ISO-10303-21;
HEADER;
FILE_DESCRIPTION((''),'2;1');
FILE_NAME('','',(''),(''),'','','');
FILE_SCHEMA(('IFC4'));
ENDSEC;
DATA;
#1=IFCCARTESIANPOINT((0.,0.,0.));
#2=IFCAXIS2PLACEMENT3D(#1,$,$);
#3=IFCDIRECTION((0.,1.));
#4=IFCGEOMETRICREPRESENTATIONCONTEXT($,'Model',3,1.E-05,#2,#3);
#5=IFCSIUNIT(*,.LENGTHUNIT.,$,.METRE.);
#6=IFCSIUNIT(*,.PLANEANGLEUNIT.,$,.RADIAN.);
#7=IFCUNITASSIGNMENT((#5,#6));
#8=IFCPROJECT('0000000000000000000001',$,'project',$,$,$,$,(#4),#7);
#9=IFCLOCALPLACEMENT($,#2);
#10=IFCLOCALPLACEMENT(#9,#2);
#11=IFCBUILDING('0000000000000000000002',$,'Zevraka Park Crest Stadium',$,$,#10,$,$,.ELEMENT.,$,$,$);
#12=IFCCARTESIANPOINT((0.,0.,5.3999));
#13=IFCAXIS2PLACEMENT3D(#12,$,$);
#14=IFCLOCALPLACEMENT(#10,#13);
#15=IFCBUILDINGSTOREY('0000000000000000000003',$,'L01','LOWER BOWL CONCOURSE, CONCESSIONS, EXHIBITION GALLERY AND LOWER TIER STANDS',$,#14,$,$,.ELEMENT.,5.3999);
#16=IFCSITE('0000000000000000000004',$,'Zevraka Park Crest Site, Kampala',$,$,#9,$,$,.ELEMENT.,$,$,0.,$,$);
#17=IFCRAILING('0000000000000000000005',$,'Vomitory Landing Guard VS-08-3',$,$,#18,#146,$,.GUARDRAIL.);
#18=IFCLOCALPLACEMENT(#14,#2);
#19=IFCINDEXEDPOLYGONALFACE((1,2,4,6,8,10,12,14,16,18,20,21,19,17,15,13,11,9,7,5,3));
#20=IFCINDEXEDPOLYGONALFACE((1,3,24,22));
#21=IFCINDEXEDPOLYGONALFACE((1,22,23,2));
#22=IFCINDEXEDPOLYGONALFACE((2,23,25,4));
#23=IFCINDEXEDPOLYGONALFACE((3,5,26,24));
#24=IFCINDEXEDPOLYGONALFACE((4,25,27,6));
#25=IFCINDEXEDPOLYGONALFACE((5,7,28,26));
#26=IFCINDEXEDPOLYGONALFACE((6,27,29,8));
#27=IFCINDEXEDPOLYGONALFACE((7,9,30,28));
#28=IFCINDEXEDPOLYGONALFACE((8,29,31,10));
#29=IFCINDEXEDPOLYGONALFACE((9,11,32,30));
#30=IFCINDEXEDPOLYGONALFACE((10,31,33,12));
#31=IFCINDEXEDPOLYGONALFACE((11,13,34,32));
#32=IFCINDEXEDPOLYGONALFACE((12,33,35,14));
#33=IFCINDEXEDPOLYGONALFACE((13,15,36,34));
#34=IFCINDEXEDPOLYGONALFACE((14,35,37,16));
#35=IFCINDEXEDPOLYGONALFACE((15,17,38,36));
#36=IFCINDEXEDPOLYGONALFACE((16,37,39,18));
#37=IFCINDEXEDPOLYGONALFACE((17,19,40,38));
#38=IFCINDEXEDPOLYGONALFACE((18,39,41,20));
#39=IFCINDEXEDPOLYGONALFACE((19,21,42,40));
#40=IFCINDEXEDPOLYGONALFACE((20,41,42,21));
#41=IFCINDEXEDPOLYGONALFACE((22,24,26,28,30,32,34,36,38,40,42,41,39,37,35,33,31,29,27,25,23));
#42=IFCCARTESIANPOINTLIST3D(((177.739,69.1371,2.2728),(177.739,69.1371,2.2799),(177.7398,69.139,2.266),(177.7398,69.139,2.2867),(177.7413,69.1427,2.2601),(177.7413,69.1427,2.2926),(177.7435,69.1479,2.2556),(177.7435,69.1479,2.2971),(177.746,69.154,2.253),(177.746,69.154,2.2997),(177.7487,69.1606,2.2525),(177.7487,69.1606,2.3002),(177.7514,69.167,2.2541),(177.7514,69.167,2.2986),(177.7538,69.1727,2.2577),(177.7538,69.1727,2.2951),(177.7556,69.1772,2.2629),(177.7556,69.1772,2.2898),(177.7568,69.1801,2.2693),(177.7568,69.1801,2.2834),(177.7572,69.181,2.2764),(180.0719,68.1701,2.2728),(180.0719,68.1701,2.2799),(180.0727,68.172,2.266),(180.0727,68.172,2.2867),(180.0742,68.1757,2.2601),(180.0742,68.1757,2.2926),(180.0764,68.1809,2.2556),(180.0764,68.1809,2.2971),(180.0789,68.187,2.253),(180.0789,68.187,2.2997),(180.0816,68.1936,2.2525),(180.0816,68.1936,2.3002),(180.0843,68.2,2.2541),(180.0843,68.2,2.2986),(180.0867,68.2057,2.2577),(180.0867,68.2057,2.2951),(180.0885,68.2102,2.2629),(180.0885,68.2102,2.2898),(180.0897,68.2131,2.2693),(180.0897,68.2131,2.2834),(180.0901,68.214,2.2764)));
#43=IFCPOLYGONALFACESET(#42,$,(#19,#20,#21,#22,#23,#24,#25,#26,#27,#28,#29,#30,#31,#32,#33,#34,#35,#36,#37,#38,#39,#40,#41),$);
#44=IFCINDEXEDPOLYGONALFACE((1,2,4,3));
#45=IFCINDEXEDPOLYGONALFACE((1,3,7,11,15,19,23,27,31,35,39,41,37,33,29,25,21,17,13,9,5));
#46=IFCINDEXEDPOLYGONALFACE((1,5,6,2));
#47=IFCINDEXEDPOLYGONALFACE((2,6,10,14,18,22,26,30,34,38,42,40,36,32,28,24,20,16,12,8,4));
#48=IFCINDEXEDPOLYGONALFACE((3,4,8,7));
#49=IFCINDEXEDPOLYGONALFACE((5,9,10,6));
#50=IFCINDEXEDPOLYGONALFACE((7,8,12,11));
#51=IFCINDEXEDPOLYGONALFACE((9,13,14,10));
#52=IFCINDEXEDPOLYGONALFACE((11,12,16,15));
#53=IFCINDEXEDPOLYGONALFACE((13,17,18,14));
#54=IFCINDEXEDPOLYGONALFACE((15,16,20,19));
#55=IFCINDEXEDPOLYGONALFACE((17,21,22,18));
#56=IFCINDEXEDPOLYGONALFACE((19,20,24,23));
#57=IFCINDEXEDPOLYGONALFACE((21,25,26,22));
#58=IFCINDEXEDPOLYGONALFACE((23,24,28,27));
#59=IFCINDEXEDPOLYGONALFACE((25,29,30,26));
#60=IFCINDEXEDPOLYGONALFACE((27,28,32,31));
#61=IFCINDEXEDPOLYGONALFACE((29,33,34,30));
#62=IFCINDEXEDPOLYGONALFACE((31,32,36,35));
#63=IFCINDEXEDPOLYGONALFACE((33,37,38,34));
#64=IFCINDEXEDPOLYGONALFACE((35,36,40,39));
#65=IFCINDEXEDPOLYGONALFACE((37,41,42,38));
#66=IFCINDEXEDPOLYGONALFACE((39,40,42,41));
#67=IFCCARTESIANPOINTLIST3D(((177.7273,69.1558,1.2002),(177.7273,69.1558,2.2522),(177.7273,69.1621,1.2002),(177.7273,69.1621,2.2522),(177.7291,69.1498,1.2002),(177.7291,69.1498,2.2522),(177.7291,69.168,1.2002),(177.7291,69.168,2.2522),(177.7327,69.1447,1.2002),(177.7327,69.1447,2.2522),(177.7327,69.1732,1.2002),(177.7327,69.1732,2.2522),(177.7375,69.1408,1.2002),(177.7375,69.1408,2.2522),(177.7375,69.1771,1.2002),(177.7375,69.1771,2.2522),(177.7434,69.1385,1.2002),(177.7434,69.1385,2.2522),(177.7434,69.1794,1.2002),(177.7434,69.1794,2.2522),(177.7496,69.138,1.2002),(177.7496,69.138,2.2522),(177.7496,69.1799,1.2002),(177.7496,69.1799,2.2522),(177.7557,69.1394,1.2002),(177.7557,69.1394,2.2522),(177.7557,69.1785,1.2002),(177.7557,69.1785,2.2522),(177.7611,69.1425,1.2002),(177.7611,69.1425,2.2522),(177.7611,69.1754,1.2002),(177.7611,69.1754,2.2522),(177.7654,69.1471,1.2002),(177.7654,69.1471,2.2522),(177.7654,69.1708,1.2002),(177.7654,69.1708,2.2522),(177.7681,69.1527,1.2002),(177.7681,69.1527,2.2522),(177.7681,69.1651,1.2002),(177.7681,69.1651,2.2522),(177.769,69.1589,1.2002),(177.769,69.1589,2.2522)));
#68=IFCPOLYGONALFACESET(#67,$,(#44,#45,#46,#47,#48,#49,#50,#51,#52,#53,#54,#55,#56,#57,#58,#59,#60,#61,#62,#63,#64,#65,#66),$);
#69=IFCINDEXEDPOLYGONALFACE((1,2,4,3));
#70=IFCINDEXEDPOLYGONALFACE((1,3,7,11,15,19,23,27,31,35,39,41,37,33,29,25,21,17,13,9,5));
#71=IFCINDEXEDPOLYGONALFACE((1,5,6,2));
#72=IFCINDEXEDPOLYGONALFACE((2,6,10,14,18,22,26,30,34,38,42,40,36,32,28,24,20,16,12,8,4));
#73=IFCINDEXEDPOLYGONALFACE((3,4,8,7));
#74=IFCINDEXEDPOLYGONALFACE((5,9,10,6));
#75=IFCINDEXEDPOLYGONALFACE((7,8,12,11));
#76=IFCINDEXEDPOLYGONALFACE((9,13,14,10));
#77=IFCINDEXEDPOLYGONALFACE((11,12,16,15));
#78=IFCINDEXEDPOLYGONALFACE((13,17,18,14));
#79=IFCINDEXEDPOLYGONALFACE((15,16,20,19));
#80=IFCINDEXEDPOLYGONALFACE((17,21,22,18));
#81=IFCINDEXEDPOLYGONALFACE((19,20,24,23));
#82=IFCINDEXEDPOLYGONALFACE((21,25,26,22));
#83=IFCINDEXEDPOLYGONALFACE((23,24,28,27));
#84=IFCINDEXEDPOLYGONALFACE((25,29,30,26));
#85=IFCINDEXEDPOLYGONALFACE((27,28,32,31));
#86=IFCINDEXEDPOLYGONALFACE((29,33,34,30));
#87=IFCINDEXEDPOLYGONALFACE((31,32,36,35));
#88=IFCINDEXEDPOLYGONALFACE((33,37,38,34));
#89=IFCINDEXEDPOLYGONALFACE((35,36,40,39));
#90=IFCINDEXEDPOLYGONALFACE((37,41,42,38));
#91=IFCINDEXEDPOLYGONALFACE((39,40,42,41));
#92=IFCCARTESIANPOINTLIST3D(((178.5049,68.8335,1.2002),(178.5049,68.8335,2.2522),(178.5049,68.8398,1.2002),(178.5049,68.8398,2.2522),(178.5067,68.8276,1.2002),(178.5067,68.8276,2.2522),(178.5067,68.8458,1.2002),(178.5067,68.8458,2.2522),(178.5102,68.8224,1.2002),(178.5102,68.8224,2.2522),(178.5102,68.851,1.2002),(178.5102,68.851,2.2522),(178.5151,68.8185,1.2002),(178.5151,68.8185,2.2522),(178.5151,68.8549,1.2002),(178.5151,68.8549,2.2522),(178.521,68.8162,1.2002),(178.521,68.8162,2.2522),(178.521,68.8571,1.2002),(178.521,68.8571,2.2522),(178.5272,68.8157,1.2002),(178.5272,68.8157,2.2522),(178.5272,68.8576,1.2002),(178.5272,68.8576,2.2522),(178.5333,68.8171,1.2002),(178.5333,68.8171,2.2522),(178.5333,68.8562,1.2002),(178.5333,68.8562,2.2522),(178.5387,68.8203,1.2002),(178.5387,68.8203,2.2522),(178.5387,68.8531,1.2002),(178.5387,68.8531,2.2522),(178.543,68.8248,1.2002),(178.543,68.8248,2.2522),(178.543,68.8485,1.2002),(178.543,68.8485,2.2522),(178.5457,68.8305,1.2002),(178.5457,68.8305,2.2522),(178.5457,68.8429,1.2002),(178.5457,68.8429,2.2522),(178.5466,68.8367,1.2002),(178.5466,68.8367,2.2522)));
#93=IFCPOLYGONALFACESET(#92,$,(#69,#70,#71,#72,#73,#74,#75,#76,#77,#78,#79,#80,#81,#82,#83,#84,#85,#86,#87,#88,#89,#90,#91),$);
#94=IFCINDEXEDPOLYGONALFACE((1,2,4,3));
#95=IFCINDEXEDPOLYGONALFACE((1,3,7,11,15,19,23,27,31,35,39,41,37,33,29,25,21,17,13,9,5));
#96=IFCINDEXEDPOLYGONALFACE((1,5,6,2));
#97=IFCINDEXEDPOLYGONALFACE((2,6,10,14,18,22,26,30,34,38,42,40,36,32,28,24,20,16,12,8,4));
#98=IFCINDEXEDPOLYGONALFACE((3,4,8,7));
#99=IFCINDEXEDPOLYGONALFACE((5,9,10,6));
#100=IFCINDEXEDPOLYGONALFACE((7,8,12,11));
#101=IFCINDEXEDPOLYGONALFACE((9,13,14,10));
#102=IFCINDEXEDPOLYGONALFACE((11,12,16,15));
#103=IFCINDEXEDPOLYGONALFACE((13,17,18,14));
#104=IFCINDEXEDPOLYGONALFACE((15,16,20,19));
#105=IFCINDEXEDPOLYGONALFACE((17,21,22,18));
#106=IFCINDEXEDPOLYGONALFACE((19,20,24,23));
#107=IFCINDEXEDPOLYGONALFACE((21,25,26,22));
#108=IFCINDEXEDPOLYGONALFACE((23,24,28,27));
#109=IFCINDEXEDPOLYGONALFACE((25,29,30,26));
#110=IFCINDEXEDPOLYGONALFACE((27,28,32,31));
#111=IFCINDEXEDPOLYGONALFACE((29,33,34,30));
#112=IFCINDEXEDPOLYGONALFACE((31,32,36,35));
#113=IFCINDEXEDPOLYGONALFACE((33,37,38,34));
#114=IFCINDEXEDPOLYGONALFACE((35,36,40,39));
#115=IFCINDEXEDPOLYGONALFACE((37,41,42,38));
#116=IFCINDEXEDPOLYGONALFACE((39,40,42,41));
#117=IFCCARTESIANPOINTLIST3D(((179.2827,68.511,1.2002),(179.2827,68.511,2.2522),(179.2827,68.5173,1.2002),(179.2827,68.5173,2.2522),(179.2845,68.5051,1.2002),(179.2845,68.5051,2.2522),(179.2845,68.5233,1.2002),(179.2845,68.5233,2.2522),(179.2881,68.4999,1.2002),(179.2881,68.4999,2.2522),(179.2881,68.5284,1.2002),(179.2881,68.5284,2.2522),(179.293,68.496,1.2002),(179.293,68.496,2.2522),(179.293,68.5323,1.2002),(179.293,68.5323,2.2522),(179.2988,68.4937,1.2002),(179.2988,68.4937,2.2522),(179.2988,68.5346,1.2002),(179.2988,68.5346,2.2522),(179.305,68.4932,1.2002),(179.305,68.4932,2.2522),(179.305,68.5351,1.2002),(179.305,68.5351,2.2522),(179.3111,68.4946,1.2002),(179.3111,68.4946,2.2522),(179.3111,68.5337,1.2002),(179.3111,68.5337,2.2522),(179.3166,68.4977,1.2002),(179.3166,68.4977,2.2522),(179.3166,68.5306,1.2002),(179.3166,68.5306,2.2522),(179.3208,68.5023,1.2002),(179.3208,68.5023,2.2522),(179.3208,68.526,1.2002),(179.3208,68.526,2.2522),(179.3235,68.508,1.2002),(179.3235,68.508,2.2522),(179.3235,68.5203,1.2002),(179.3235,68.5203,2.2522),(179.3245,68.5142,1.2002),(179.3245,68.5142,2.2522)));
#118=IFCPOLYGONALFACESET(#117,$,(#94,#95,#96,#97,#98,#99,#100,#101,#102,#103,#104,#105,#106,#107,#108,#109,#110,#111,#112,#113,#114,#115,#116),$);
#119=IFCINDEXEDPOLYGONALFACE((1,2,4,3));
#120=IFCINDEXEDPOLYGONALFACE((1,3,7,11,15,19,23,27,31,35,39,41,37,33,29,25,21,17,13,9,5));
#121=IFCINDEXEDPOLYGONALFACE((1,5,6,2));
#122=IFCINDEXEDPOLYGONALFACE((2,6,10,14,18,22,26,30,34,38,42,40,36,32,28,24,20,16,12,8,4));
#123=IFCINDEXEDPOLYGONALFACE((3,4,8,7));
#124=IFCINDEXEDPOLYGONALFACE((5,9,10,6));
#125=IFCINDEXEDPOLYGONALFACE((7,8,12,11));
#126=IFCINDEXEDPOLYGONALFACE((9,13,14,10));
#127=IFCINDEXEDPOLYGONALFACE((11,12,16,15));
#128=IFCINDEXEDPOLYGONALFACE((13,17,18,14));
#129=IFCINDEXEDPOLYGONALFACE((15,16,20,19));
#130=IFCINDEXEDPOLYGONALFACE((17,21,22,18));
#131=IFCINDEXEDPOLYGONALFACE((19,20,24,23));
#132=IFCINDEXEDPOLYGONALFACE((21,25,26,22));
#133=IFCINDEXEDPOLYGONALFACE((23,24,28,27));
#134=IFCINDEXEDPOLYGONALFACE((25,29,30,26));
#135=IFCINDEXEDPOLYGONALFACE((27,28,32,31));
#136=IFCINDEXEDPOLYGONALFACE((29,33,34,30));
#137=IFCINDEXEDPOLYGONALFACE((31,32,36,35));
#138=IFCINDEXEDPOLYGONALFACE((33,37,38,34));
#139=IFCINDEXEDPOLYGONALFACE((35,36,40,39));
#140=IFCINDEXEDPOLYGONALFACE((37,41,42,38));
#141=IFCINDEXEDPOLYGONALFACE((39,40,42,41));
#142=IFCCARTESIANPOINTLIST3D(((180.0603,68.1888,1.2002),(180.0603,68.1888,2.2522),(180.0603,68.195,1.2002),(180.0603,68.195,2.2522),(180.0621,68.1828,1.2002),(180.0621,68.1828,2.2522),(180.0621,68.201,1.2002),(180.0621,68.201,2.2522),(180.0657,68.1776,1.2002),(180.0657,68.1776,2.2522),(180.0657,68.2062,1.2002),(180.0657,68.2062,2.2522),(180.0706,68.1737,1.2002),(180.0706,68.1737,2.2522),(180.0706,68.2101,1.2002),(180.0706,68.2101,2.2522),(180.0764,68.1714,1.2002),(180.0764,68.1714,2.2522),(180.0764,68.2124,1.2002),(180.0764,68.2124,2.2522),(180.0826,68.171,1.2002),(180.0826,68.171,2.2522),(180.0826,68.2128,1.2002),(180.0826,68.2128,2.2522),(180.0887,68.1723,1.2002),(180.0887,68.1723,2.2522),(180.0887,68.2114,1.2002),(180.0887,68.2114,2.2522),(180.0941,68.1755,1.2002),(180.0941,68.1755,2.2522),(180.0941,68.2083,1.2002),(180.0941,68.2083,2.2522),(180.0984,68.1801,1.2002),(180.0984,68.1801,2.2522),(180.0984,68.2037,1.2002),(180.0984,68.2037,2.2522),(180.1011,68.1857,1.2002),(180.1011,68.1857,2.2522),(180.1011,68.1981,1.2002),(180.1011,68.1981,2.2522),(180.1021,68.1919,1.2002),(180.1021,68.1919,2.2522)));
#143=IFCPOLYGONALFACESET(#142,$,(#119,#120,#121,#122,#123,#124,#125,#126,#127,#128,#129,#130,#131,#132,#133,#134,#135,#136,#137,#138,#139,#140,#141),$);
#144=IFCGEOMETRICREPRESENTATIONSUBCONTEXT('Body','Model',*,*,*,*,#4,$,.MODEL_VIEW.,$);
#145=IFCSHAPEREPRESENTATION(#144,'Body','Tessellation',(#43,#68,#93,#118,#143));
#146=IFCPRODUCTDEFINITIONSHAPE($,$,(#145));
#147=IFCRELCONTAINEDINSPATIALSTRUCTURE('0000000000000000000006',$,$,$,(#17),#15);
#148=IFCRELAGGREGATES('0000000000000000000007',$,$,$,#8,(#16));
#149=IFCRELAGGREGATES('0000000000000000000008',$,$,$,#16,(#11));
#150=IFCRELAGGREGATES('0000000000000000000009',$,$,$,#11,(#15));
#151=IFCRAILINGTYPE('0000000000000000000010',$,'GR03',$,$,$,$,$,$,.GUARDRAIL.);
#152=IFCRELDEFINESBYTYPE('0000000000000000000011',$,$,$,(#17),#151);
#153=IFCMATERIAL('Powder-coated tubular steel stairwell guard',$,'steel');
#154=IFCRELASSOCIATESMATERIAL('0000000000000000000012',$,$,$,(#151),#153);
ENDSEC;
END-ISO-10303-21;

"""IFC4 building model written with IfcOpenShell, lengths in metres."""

from ifc_helpers import new_model, si_unit, direction, frame, origin, origin_2d, place, context, subcontext, project, spatial, circle, extrude, material, type_object, element, save


model = new_model("IFC4")

# Units and contexts
model_context = context("Model", 3, precision=1e-05, world=origin(), true_north=direction((0.0, 1.0)))
body_context = subcontext(model_context, "Body", "Model", "MODEL_VIEW")
ifc_project = project(units=[si_unit("LENGTHUNIT", "METRE"), si_unit("PLANEANGLEUNIT", "RADIAN")], contexts=[model_context])

# Site, building, storey
site_placement = place(None, origin())
site = spatial("IfcSite", under=ifc_project, at=site_placement, Name="Zevraka Park Crest Site, Kampala", CompositionType="ELEMENT", RefElevation=0.0)
building_placement = place(site_placement, origin())
building = spatial("IfcBuilding", under=site, at=building_placement, Name="Zevraka Park Crest Stadium", CompositionType="ELEMENT")
storey_placement = place(building_placement, frame((0.0, 0.0, 5.3999)))
storey = spatial("IfcBuildingStorey", under=building, at=storey_placement, Name="L01", Description="LOWER BOWL CONCOURSE, CONCESSIONS, EXHIBITION GALLERY AND LOWER TIER STANDS", CompositionType="ELEMENT", Elevation=5.3999)

# Railing
ifc_material_1 = material(Name="Powder-coated tubular steel stairwell guard", Category="steel")
railing_type_1 = type_object("IfcRailingType", Name="GR03", PredefinedType="GUARDRAIL", material=ifc_material_1)
railing_1_placement = place(storey_placement, frame((177.748, 69.1589, 1.2002)))
element("IfcRailing", 1, at=railing_1_placement, inside=storey, type_object=railing_type_1, Name="Vomitory Landing Guard VS-08-3", PredefinedType="GUARDRAIL", context=body_context, shape_type="SweptSolid", body=[
    extrude(circle(Radius=0.0239, at=origin_2d()), frame((0.0, 0.0, 1.0762), z_axis=(0.923785, -0.382912, 0.0), x_axis=(0.382912, 0.923785, 0.0)), (0.0, 0.0, 1.0), 2.5254),
    extrude(circle(Radius=0.021, at=origin_2d()), origin(), (0.0, 0.0, 1.0), 1.052),
    extrude(circle(Radius=0.021, at=origin_2d()), frame((0.7776, -0.3223, 0.0)), (0.0, 0.0, 1.0), 1.052),
    extrude(circle(Radius=0.021, at=origin_2d()), frame((1.5554, -0.6448, 0.0)), (0.0, 0.0, 1.0), 1.052),
    extrude(circle(Radius=0.021, at=origin_2d()), frame((2.333, -0.967, 0.0)), (0.0, 0.0, 1.0), 1.052),
])

save(model, "model.ifc")
